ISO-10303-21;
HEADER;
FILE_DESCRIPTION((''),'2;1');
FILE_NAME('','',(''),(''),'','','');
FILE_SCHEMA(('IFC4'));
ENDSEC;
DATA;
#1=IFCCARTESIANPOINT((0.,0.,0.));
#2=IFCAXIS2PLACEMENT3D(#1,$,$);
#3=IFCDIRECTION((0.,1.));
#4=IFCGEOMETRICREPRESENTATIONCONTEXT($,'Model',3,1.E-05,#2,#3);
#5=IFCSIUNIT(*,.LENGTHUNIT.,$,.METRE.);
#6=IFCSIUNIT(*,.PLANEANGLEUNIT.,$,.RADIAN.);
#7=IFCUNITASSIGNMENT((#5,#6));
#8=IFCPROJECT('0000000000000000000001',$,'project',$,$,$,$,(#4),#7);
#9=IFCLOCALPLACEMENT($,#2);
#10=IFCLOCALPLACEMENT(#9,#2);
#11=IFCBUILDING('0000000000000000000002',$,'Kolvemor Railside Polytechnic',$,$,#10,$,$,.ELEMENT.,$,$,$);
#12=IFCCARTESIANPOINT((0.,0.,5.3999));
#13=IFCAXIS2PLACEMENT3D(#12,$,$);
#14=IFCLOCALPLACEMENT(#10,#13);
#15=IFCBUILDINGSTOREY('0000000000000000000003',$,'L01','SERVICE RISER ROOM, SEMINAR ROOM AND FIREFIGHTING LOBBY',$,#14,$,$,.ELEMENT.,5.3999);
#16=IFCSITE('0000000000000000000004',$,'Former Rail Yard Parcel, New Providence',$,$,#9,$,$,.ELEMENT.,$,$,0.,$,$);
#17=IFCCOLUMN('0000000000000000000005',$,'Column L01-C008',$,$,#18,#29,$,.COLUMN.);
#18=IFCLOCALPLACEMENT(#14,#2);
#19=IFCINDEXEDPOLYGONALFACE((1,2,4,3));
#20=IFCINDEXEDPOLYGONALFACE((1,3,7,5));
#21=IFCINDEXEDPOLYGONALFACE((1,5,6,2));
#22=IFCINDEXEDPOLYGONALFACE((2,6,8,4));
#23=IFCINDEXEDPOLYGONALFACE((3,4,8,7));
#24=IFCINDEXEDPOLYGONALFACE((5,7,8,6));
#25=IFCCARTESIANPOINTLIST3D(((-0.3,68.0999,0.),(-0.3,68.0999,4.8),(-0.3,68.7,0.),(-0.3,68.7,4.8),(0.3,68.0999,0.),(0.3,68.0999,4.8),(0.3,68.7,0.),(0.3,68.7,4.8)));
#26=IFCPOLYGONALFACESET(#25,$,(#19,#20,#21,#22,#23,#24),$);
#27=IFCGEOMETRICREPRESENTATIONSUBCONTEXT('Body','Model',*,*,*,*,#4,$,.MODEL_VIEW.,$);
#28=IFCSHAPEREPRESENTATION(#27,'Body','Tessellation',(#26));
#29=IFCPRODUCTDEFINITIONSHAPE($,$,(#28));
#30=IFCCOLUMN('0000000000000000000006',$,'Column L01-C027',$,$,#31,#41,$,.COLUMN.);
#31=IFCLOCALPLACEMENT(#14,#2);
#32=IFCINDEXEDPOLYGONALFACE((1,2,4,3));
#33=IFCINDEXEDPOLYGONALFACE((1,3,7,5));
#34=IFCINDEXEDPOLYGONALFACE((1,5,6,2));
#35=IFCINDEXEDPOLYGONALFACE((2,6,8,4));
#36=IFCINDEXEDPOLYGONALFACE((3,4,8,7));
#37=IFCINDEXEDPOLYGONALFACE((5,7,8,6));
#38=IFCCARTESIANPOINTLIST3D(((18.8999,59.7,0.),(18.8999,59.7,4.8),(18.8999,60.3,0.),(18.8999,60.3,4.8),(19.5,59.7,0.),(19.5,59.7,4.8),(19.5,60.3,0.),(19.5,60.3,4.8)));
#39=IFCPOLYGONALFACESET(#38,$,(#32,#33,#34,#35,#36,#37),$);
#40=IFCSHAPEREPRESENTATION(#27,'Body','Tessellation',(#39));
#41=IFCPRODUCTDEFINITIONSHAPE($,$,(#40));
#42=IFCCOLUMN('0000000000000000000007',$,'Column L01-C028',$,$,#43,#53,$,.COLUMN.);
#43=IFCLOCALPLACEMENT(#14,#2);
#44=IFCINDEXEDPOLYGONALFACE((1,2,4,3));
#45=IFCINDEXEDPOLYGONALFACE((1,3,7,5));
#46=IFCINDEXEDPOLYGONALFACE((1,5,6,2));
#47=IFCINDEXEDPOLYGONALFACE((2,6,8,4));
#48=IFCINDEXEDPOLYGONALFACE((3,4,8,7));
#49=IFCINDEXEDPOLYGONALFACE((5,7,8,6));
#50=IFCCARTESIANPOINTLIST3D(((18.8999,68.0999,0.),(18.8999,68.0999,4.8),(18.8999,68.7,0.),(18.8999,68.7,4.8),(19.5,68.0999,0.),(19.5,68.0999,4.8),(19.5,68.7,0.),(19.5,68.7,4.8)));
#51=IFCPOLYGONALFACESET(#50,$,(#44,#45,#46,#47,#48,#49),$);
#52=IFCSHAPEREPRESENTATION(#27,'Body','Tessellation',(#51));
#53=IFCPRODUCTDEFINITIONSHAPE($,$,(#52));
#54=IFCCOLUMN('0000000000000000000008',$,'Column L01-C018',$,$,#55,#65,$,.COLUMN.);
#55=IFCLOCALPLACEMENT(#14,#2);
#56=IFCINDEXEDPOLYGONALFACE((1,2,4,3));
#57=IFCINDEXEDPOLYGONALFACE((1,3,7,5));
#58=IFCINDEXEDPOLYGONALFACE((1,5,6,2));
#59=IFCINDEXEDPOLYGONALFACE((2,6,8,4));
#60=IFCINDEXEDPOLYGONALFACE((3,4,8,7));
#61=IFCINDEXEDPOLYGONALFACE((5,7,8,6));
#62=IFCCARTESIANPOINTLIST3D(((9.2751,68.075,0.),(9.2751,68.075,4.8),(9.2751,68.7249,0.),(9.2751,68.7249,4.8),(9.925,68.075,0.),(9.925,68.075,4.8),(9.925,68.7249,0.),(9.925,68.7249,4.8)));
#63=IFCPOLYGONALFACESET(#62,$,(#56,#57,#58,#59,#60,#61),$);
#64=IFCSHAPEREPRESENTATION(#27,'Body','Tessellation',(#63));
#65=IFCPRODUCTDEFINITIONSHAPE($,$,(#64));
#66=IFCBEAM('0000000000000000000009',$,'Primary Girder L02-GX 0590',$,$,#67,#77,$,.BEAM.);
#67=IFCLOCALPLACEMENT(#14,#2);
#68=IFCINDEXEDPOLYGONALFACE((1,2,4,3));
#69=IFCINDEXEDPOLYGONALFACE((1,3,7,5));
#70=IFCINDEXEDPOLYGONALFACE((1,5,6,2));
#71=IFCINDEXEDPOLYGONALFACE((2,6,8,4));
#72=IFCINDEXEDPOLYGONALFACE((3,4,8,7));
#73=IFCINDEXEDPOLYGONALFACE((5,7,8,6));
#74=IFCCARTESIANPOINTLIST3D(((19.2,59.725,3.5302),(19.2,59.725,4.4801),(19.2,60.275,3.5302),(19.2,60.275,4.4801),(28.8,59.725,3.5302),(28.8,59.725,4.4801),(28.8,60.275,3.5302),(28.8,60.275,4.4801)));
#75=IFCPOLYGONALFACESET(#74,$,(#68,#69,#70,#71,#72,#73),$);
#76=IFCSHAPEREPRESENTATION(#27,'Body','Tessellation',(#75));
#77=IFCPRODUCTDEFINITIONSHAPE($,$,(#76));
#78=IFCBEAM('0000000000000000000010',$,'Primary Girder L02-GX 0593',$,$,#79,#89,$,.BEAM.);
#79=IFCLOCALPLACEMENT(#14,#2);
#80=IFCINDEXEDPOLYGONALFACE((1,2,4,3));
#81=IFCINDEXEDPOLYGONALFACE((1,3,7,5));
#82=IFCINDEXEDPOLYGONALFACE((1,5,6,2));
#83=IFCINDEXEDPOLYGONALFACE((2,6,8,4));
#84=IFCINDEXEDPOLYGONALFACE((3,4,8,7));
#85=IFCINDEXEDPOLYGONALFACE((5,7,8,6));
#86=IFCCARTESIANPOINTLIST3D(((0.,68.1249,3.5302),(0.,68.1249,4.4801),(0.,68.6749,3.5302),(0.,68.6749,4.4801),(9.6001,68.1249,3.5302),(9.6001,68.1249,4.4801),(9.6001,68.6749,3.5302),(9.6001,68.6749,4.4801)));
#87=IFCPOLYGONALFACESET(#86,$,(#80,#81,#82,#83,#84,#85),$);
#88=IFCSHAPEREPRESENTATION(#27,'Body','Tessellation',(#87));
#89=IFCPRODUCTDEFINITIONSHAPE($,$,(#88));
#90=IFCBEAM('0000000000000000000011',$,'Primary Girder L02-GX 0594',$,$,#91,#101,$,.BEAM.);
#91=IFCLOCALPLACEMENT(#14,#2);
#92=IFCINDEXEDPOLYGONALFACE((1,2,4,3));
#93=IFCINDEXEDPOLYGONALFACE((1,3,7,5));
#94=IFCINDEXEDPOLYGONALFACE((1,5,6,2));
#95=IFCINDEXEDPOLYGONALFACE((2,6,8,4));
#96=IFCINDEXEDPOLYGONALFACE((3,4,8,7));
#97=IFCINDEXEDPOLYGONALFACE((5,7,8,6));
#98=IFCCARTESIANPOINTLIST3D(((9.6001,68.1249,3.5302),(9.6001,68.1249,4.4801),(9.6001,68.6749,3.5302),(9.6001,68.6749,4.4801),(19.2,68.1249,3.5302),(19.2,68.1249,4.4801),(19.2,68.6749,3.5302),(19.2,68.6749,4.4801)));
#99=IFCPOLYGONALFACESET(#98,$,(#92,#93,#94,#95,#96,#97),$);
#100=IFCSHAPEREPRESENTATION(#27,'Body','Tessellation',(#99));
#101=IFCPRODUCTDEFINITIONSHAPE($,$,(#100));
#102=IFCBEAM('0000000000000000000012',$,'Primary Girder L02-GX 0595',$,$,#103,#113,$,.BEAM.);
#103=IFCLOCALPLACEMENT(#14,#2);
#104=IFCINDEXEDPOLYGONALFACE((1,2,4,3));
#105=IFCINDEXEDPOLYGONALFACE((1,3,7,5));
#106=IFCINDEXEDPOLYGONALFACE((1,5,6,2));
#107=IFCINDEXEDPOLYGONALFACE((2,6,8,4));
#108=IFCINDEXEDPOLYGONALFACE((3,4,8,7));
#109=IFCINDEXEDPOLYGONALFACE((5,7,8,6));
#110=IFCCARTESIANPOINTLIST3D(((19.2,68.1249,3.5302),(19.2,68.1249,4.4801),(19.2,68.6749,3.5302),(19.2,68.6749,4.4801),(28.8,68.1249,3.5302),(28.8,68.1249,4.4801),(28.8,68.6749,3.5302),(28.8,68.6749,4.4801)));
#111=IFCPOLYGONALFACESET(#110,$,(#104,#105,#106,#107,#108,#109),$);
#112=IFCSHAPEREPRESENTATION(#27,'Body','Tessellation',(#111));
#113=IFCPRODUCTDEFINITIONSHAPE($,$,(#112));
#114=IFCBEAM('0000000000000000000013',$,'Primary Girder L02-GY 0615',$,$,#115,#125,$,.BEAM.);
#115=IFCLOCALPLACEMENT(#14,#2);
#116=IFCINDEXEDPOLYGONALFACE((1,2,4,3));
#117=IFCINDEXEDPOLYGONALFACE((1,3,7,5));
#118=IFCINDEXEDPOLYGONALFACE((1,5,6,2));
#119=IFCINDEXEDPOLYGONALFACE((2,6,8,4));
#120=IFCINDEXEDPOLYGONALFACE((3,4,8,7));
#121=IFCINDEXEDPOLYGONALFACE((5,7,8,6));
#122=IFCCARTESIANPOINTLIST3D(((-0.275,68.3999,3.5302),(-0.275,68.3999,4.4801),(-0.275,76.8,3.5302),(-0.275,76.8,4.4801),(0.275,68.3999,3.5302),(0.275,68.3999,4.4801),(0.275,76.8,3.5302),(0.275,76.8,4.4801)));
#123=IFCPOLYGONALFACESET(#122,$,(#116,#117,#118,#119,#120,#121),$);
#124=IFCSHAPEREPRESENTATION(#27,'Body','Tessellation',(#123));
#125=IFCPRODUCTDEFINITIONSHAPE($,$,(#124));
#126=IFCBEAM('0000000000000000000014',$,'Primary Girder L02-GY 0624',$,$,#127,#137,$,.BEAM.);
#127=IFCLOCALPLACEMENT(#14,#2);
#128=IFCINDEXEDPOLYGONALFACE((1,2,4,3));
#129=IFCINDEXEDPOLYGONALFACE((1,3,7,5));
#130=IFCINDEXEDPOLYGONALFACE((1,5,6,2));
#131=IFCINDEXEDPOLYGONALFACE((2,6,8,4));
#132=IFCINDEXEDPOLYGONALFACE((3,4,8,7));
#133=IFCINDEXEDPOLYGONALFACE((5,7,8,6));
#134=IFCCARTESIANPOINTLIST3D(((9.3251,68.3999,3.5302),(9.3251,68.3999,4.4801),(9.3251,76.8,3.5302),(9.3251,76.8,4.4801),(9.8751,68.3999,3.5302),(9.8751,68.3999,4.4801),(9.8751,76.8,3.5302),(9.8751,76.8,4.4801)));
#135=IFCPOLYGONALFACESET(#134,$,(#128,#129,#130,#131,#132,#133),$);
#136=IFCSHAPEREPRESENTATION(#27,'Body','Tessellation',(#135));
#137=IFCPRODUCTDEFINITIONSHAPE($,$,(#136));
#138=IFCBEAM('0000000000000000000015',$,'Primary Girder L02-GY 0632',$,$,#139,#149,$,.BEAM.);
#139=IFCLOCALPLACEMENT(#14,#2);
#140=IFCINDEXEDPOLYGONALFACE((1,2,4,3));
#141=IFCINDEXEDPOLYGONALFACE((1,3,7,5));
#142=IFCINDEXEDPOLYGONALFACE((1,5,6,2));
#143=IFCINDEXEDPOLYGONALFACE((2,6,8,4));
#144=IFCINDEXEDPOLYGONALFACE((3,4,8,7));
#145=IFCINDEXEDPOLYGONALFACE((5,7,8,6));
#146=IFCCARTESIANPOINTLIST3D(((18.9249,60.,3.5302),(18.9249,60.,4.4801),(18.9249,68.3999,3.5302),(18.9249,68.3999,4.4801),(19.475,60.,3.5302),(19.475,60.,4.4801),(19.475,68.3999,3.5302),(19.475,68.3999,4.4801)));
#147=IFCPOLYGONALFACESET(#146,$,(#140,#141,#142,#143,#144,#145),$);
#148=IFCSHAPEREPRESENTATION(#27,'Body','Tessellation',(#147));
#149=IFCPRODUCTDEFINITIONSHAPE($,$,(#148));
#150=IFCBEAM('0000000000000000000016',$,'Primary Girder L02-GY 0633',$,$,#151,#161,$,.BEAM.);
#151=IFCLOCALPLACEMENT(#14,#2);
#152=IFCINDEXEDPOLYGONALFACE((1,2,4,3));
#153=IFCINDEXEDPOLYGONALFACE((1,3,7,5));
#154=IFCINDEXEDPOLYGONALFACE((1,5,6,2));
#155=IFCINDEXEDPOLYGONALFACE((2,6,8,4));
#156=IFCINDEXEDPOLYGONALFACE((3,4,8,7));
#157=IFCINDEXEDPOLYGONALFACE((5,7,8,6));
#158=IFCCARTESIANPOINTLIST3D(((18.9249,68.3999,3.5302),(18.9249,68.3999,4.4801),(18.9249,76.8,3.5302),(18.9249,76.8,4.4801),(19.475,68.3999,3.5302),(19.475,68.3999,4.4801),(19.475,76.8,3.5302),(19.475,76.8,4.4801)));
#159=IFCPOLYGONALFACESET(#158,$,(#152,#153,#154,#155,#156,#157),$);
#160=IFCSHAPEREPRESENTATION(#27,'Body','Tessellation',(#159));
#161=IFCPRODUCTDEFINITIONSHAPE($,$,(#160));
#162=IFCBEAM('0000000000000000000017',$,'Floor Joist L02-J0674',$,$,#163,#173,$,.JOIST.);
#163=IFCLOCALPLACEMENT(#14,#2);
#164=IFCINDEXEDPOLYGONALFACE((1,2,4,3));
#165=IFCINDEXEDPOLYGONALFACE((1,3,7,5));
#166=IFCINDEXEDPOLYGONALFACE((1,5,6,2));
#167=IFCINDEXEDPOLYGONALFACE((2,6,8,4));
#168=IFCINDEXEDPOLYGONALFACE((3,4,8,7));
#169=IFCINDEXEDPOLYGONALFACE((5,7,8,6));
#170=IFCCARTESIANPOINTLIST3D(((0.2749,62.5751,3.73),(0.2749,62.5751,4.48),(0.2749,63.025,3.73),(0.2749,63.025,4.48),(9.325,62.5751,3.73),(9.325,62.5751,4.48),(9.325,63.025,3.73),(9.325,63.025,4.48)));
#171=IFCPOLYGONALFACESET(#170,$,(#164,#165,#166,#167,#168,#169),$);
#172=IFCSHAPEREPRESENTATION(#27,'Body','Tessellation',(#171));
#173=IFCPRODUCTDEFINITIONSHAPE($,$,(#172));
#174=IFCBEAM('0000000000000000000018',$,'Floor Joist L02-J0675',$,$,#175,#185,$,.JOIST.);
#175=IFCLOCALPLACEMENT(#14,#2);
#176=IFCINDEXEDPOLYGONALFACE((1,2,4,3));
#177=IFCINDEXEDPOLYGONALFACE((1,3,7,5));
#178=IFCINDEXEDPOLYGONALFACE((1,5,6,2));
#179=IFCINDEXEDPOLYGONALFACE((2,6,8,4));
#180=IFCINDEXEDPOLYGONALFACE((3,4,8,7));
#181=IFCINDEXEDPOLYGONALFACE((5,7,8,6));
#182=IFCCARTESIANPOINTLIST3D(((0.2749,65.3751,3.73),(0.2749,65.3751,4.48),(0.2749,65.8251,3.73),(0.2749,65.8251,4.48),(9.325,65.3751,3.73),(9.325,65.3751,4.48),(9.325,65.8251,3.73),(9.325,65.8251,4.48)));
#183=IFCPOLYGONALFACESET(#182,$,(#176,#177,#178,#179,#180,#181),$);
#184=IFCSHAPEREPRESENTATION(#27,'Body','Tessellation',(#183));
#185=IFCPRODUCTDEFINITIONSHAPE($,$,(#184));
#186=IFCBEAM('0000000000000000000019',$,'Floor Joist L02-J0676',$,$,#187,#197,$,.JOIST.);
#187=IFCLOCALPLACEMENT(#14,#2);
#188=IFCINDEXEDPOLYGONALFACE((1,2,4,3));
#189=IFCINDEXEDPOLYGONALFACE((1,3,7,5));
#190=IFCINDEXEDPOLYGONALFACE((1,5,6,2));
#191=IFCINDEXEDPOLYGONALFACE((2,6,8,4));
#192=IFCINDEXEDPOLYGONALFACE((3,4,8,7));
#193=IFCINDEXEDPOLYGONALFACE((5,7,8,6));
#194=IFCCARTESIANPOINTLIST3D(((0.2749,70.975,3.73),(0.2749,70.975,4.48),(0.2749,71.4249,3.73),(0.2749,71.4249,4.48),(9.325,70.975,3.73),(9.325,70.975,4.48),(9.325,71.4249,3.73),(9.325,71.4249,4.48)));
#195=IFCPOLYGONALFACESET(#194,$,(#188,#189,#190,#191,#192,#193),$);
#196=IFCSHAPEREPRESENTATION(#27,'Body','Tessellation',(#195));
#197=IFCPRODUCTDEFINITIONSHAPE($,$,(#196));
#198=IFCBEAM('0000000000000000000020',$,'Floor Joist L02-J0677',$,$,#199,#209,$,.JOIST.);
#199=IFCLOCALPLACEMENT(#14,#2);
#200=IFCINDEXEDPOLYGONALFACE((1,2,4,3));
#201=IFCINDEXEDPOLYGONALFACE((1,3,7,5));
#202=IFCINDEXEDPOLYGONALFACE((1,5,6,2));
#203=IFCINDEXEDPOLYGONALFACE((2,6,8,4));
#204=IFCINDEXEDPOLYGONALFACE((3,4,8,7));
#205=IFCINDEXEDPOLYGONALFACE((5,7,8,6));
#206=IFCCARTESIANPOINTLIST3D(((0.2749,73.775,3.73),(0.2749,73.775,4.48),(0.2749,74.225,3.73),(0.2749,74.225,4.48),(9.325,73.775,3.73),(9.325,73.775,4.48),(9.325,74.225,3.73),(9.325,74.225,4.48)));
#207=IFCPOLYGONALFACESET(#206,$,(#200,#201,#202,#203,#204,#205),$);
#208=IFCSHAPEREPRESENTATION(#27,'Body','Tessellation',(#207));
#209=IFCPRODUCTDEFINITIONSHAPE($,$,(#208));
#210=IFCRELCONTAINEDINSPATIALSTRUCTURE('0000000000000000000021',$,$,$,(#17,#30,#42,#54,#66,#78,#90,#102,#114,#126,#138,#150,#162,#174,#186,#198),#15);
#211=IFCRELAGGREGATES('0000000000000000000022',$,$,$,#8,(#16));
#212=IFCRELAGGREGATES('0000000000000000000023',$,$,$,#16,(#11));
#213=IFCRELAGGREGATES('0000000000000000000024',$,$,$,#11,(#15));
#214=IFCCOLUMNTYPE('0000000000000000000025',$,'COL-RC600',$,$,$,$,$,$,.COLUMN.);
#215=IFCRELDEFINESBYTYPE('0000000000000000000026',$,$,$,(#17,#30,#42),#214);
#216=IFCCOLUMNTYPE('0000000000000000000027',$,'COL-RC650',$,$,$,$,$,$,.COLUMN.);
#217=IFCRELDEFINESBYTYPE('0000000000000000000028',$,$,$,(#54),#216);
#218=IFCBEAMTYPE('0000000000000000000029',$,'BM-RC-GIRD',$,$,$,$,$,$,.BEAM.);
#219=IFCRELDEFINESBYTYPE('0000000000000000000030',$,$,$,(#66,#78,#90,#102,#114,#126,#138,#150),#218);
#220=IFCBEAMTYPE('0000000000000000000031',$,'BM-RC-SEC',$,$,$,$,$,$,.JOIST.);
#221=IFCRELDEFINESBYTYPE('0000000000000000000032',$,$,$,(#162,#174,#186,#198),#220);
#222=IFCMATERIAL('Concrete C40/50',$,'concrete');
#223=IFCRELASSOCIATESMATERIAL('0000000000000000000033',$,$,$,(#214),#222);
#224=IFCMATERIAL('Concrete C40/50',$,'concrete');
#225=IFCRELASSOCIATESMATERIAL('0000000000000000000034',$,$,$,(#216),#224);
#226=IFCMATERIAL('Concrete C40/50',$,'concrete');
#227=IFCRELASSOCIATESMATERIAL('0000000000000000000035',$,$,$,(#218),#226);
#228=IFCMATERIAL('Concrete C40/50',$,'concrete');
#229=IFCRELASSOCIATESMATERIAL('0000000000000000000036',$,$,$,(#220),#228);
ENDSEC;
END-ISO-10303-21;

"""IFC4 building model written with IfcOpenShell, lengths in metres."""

from ifc_helpers import new_model, si_unit, direction, frame, origin, origin_2d, place, context, subcontext, project, spatial, rectangle, extrude, material, material_profile, profile_set, type_object, element, save


model = new_model("IFC4")

# Units and contexts
model_context = context("Model", 3, precision=1e-05, world=origin(), true_north=direction((0.0, 1.0)))
body_context = subcontext(model_context, "Body", "Model", "MODEL_VIEW")
ifc_project = project(units=[si_unit("LENGTHUNIT", "METRE"), si_unit("PLANEANGLEUNIT", "RADIAN")], contexts=[model_context])

# Site, building, storey
site_placement = place(None, origin())
site = spatial("IfcSite", under=ifc_project, at=site_placement, Name="Former Rail Yard Parcel, New Providence", CompositionType="ELEMENT", RefElevation=0.0)
building_placement = place(site_placement, origin())
building = spatial("IfcBuilding", under=site, at=building_placement, Name="Kolvemor Railside Polytechnic", CompositionType="ELEMENT")
storey_placement = place(building_placement, frame((0.0, 0.0, 5.3999)))
storey = spatial("IfcBuildingStorey", under=building, at=storey_placement, Name="L01", Description="SERVICE RISER ROOM, SEMINAR ROOM AND FIREFIGHTING LOBBY", CompositionType="ELEMENT", Elevation=5.3999)

# Columns
ifc_material_1 = material(Name="Concrete C40/50", Category="concrete")
ifc_material_profile_1 = material_profile(ifc_material_1, rectangle(XDim=0.6001, YDim=0.6001, at=origin_2d()), Name="RC600x600")
ifc_profile_set_1 = profile_set([ifc_material_profile_1], Name="Concrete C40/50")
column_type_1 = type_object("IfcColumnType", Name="COL-RC600", PredefinedType="COLUMN", material=ifc_profile_set_1)
for number, where, z_axis, x_axis, name in (
    (1, (0.0, 68.3999, 0.0), (0.0, 0.0, 1.0), (1.0, 0.0, 0.0), "Column L01-C008"),
    (2, (19.2, 60.0, 0.0), (0.0, 0.0, 1.0), (1.0, 0.0, 0.0), "Column L01-C027"),
    (3, (19.2, 68.3999, 0.0), (0.0, 0.0, 1.0), (1.0, 0.0, 0.0), "Column L01-C028"),
):
    element("IfcColumn", number, at=place(storey_placement, frame(where, z_axis=z_axis, x_axis=x_axis)), inside=storey, type_object=column_type_1, Name=name, PredefinedType="COLUMN", context=body_context, shape_type="SweptSolid", body=[
        extrude(rectangle(XDim=0.6001, YDim=0.6001, at=origin_2d()), origin(), (0.0, 0.0, 1.0), 4.8),
    ])
ifc_material_2 = material(Name="Concrete C40/50", Category="concrete")
ifc_material_profile_2 = material_profile(ifc_material_2, rectangle(XDim=0.6499, YDim=0.6499, at=origin_2d()), Name="RC650x650")
ifc_profile_set_2 = profile_set([ifc_material_profile_2], Name="Concrete C40/50")
column_type_2 = type_object("IfcColumnType", Name="COL-RC650", PredefinedType="COLUMN", material=ifc_profile_set_2)
column_placement = place(storey_placement, frame((9.6001, 68.3999, 0.0), z_axis=(0.0, 0.0, 1.0), x_axis=(1.0, 0.0, 0.0)))
element("IfcColumn", 4, at=column_placement, inside=storey, type_object=column_type_2, Name="Column L01-C018", PredefinedType="COLUMN", context=body_context, shape_type="SweptSolid", body=[
    extrude(rectangle(XDim=0.6499, YDim=0.6499, at=origin_2d()), origin(), (0.0, 0.0, 1.0), 4.8),
])

# Beams
ifc_material_3 = material(Name="Concrete C40/50", Category="concrete")
ifc_material_profile_3 = material_profile(ifc_material_3, rectangle(XDim=0.55, YDim=0.95, at=origin_2d()), Name="RC550x950")
ifc_profile_set_3 = profile_set([ifc_material_profile_3], Name="Concrete C40/50")
beam_type_1 = type_object("IfcBeamType", Name="BM-RC-GIRD", PredefinedType="BEAM", material=ifc_profile_set_3)
for number, where, z_axis, x_axis, name in (
    (5, (19.2, 60.0, 4.0051), (1.0, 0.0, 0.0), (0.0, 1.0, 0.0), "Primary Girder L02-GX 0590"),
    (6, (0.0, 68.3999, 4.0051), (1.0, 0.0, 0.0), (0.0, 1.0, 0.0), "Primary Girder L02-GX 0593"),
):
    element("IfcBeam", number, at=place(storey_placement, frame(where, z_axis=z_axis, x_axis=x_axis)), inside=storey, type_object=beam_type_1, Name=name, PredefinedType="BEAM", context=body_context, shape_type="SweptSolid", body=[
        extrude(rectangle(XDim=0.55, YDim=0.95, at=origin_2d()), origin(), (0.0, 0.0, 1.0), 9.6001),
    ])
beam_1_placement = place(storey_placement, frame((9.6001, 68.3999, 4.0051), z_axis=(1.0, 0.0, 0.0), x_axis=(0.0, 1.0, 0.0)))
element("IfcBeam", 7, at=beam_1_placement, inside=storey, type_object=beam_type_1, Name="Primary Girder L02-GX 0594", PredefinedType="BEAM", context=body_context, shape_type="SweptSolid", body=[
    extrude(rectangle(XDim=0.55, YDim=0.95, at=origin_2d()), origin(), (0.0, 0.0, 1.0), 9.5999),
])
beam_2_placement = place(storey_placement, frame((19.2, 68.3999, 4.0051), z_axis=(1.0, 0.0, 0.0), x_axis=(0.0, 1.0, 0.0)))
element("IfcBeam", 8, at=beam_2_placement, inside=storey, type_object=beam_type_1, Name="Primary Girder L02-GX 0595", PredefinedType="BEAM", context=body_context, shape_type="SweptSolid", body=[
    extrude(rectangle(XDim=0.55, YDim=0.95, at=origin_2d()), origin(), (0.0, 0.0, 1.0), 9.6001),
])
for number, where, z_axis, x_axis, name in (
    (9, (0.0, 68.3999, 4.0051), (0.0, 1.0, 0.0), (-1.0, 0.0, 0.0), "Primary Girder L02-GY 0615"),
    (10, (9.6001, 68.3999, 4.0051), (0.0, 1.0, 0.0), (-1.0, 0.0, 0.0), "Primary Girder L02-GY 0624"),
):
    element("IfcBeam", number, at=place(storey_placement, frame(where, z_axis=z_axis, x_axis=x_axis)), inside=storey, type_object=beam_type_1, Name=name, PredefinedType="BEAM", context=body_context, shape_type="SweptSolid", body=[
        extrude(rectangle(XDim=0.55, YDim=0.95, at=origin_2d()), origin(), (0.0, 0.0, 1.0), 8.4001),
    ])
beam_3_placement = place(storey_placement, frame((19.2, 60.0, 4.0051), z_axis=(0.0, 1.0, 0.0), x_axis=(-1.0, 0.0, 0.0)))
element("IfcBeam", 11, at=beam_3_placement, inside=storey, type_object=beam_type_1, Name="Primary Girder L02-GY 0632", PredefinedType="BEAM", context=body_context, shape_type="SweptSolid", body=[
    extrude(rectangle(XDim=0.55, YDim=0.95, at=origin_2d()), origin(), (0.0, 0.0, 1.0), 8.3999),
])
beam_4_placement = place(storey_placement, frame((19.2, 68.3999, 4.0051), z_axis=(0.0, 1.0, 0.0), x_axis=(-1.0, 0.0, 0.0)))
element("IfcBeam", 12, at=beam_4_placement, inside=storey, type_object=beam_type_1, Name="Primary Girder L02-GY 0633", PredefinedType="BEAM", context=body_context, shape_type="SweptSolid", body=[
    extrude(rectangle(XDim=0.55, YDim=0.95, at=origin_2d()), origin(), (0.0, 0.0, 1.0), 8.4001),
])
ifc_material_4 = material(Name="Concrete C40/50", Category="concrete")
ifc_material_profile_4 = material_profile(ifc_material_4, rectangle(XDim=0.45, YDim=0.75, at=origin_2d()), Name="RC450x750")
ifc_profile_set_4 = profile_set([ifc_material_profile_4], Name="Concrete C40/50")
beam_type_2 = type_object("IfcBeamType", Name="BM-RC-SEC", PredefinedType="JOIST", material=ifc_profile_set_4)
for number, where, z_axis, x_axis, name in (
    (13, (0.2749, 62.8, 4.105), (1.0, 0.0, 0.0), (0.0, 1.0, 0.0), "Floor Joist L02-J0674"),
    (14, (0.2749, 65.6001, 4.105), (1.0, 0.0, 0.0), (0.0, 1.0, 0.0), "Floor Joist L02-J0675"),
    (15, (0.2749, 71.2, 4.105), (1.0, 0.0, 0.0), (0.0, 1.0, 0.0), "Floor Joist L02-J0676"),
    (16, (0.2749, 74.0, 4.105), (1.0, 0.0, 0.0), (0.0, 1.0, 0.0), "Floor Joist L02-J0677"),
):
    element("IfcBeam", number, at=place(storey_placement, frame(where, z_axis=z_axis, x_axis=x_axis)), inside=storey, type_object=beam_type_2, Name=name, PredefinedType="JOIST", context=body_context, shape_type="SweptSolid", body=[
        extrude(rectangle(XDim=0.45, YDim=0.75, at=origin_2d()), origin(), (0.0, 0.0, 1.0), 9.05),
    ])

save(model, "model.ifc")
